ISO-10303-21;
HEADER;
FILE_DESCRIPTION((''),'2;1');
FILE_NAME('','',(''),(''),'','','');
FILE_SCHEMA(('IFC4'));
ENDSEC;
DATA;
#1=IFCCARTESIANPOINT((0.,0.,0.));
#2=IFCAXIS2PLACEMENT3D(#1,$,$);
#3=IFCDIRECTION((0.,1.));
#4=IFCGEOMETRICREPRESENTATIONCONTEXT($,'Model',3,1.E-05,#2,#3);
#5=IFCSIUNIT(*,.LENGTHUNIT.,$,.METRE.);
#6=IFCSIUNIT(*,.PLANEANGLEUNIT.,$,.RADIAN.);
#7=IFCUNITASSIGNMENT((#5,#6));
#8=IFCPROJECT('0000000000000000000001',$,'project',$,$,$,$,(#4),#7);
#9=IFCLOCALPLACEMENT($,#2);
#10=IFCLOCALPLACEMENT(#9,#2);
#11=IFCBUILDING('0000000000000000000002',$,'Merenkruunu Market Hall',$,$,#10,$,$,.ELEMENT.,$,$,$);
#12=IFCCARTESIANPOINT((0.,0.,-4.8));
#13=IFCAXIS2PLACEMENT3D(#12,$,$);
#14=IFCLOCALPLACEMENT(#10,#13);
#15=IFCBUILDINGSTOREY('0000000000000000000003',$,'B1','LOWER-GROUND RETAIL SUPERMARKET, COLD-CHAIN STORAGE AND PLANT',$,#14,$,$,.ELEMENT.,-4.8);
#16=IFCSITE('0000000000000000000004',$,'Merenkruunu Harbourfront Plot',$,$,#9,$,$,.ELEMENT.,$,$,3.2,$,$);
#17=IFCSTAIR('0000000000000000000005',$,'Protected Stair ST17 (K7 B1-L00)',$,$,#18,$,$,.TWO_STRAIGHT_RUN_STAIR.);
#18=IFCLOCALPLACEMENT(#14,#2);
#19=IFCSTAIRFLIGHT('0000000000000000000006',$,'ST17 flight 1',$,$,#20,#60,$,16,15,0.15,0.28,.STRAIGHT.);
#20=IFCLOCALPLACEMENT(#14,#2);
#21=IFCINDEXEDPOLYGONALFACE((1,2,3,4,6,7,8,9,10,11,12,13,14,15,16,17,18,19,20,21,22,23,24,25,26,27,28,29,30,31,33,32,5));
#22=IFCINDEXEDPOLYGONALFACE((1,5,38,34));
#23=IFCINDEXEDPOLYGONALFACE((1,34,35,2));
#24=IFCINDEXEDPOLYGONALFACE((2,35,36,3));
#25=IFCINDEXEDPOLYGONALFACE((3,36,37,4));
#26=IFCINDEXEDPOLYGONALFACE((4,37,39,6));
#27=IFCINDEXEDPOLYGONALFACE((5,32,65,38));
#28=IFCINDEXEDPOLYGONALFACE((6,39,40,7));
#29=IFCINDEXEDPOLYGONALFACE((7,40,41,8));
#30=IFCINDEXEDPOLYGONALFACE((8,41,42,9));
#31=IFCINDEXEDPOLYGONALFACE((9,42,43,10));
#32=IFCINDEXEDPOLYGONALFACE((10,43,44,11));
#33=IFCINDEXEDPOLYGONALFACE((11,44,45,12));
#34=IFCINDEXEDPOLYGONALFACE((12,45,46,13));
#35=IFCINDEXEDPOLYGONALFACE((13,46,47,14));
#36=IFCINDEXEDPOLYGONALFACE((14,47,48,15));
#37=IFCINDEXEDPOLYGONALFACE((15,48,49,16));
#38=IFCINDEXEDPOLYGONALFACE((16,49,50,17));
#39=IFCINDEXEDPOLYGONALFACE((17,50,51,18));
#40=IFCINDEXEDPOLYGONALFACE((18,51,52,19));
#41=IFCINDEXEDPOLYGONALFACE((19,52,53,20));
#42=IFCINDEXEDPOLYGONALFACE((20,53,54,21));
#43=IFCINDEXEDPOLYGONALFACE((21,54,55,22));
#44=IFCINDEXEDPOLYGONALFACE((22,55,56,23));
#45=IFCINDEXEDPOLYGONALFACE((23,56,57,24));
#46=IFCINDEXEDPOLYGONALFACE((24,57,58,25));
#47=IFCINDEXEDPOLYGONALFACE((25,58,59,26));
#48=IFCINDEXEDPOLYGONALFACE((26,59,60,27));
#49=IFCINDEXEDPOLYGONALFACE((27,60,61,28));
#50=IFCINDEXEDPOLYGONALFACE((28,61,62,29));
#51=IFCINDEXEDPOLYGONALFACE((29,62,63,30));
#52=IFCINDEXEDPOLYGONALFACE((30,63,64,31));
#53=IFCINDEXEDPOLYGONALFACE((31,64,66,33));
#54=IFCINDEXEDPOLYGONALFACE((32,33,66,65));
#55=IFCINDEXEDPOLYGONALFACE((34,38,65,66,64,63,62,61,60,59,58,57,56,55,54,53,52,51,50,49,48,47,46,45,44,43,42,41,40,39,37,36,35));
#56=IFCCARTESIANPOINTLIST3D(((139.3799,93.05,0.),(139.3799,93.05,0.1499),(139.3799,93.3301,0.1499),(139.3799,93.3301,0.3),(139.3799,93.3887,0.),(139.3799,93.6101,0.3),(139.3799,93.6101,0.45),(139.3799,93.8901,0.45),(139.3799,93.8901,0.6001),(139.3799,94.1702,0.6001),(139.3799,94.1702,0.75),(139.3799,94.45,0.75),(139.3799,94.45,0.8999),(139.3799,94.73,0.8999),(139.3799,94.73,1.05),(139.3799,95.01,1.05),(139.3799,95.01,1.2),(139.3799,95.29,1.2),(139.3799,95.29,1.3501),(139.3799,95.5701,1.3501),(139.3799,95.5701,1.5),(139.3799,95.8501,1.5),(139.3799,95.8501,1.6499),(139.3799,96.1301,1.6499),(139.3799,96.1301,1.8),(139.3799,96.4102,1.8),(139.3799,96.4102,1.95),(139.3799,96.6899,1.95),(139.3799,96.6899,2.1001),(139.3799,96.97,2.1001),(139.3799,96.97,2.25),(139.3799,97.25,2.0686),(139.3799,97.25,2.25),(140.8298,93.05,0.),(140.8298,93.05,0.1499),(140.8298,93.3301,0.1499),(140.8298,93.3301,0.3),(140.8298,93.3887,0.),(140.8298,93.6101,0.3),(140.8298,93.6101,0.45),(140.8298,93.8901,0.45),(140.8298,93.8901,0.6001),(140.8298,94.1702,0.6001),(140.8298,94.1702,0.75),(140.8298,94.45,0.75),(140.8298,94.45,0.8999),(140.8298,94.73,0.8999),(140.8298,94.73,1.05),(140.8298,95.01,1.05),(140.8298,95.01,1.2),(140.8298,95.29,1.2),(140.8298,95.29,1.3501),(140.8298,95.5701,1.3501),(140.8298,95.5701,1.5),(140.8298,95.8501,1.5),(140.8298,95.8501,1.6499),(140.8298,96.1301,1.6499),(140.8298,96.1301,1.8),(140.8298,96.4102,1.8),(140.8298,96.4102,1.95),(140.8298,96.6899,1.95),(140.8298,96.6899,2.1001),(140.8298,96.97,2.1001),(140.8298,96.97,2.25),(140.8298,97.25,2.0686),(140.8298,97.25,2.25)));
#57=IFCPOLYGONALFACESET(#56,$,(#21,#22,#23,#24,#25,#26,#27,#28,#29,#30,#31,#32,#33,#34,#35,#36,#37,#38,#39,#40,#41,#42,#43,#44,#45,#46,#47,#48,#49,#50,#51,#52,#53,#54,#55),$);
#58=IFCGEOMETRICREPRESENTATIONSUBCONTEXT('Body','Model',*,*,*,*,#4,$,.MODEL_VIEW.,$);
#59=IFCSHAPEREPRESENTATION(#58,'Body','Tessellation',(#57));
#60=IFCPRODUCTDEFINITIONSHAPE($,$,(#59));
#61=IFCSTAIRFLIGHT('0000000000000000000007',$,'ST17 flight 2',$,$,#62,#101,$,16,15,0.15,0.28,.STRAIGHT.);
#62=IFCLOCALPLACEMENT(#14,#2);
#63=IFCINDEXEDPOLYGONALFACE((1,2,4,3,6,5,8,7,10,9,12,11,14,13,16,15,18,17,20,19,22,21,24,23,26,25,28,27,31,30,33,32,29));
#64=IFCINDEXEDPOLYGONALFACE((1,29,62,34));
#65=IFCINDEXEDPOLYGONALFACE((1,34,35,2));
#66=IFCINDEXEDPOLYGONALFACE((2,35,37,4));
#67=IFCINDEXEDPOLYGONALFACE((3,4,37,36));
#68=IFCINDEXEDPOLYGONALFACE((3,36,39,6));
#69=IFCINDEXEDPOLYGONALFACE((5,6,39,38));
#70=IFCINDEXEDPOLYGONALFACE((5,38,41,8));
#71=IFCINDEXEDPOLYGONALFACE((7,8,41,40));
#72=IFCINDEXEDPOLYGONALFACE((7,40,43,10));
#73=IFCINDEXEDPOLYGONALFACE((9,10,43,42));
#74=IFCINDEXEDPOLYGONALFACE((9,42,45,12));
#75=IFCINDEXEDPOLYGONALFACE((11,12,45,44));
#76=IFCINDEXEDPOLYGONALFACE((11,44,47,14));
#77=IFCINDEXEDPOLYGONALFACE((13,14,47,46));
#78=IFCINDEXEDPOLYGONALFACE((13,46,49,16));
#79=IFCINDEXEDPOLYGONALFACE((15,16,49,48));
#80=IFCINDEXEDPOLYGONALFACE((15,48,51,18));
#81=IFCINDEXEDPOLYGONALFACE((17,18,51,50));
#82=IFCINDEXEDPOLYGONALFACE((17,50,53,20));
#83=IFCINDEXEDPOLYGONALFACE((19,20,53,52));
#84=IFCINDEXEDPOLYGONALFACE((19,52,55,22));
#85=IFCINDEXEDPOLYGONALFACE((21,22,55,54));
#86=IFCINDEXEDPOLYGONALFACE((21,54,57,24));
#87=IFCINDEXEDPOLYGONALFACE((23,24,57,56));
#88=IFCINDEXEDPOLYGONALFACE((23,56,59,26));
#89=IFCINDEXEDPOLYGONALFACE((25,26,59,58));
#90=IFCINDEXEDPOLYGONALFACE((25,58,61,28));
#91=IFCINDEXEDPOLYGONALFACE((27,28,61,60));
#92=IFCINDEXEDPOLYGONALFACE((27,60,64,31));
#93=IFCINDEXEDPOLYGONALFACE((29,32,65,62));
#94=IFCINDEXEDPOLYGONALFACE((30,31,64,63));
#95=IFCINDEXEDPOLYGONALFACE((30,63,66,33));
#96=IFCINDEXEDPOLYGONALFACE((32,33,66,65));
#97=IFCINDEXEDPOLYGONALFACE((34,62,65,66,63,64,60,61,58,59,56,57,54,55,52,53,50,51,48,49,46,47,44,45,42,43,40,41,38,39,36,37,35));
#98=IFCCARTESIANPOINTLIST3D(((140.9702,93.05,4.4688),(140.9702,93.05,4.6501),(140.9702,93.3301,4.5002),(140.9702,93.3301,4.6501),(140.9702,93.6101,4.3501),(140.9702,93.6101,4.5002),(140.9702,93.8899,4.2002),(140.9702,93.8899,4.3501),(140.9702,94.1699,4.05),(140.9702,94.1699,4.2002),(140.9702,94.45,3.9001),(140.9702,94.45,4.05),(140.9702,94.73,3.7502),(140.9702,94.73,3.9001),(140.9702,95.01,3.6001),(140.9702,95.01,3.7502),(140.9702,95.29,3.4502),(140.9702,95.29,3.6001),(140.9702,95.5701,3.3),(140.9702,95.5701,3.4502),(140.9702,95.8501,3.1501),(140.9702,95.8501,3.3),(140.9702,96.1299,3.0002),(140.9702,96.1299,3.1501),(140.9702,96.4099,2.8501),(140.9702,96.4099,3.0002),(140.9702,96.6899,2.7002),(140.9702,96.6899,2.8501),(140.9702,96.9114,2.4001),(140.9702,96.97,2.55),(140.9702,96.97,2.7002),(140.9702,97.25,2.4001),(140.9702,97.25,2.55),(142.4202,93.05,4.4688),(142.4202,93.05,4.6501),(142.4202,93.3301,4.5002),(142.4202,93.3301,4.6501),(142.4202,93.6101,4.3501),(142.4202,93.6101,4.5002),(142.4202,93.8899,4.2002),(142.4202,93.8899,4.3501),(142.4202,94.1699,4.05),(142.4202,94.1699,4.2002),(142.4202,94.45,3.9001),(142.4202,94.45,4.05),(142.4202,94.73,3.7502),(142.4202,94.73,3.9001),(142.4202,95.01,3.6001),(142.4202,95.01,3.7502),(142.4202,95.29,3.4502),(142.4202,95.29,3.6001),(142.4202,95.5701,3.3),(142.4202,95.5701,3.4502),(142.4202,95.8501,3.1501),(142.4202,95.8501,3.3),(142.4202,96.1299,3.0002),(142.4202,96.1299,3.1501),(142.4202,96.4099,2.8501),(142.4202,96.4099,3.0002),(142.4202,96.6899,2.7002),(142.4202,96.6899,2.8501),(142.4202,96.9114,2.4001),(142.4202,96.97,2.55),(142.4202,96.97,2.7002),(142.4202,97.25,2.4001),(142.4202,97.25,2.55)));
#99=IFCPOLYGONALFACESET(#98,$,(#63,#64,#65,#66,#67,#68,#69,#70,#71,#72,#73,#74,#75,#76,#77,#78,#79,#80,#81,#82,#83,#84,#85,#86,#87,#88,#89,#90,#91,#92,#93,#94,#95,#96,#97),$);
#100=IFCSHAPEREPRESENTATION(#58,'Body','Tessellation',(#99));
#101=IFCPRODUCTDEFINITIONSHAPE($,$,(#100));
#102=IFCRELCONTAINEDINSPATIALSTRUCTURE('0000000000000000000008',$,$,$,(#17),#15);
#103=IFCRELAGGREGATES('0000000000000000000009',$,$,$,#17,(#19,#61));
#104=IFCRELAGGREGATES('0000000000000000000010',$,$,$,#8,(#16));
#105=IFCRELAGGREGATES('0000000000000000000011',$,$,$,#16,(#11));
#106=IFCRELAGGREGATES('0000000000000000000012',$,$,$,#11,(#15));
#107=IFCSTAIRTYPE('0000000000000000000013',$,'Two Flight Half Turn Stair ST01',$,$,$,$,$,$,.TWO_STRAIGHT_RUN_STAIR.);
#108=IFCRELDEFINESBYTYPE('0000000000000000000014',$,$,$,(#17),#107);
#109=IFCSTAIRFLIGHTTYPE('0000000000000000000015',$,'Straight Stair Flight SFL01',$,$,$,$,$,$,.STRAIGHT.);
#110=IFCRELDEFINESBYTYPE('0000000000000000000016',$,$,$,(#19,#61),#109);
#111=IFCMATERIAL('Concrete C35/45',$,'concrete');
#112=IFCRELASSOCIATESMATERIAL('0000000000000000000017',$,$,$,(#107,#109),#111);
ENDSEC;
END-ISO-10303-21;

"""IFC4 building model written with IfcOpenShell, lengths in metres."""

from ifc_helpers import new_model, si_unit, direction, frame, origin, place, context, subcontext, project, spatial, polyline, outline, extrude, material, type_object, element, aggregate, save


model = new_model("IFC4")

# Units and contexts
model_context = context("Model", 3, precision=1e-05, world=origin(), true_north=direction((0.0, 1.0)))
body_context = subcontext(model_context, "Body", "Model", "MODEL_VIEW")
ifc_project = project(units=[si_unit("LENGTHUNIT", "METRE"), si_unit("PLANEANGLEUNIT", "RADIAN")], contexts=[model_context])

# Site, building, storey
site_placement = place(None, origin())
site = spatial("IfcSite", under=ifc_project, at=site_placement, Name="Merenkruunu Harbourfront Plot", CompositionType="ELEMENT", RefElevation=3.2)
building_placement = place(site_placement, origin())
building = spatial("IfcBuilding", under=site, at=building_placement, Name="Merenkruunu Market Hall", CompositionType="ELEMENT")
storey_placement = place(building_placement, frame((0.0, 0.0, -4.8)))
storey = spatial("IfcBuildingStorey", under=building, at=storey_placement, Name="B1", Description="LOWER-GROUND RETAIL SUPERMARKET, COLD-CHAIN STORAGE AND PLANT", CompositionType="ELEMENT", Elevation=-4.8)

# Shared definitions
ifc_material_1 = material(Name="Concrete C35/45", Category="concrete")

# Stair, stair flights
stair_type = type_object("IfcStairType", Name="Two Flight Half Turn Stair ST01", PredefinedType="TWO_STRAIGHT_RUN_STAIR", material=ifc_material_1)
stair_placement = place(storey_placement, origin())
stair = element("IfcStair", 1, at=stair_placement, inside=storey, type_object=stair_type, Name="Protected Stair ST17 (K7 B1-L00)", PredefinedType="TWO_STRAIGHT_RUN_STAIR")
stair_flight_type = type_object("IfcStairFlightType", Name="Straight Stair Flight SFL01", PredefinedType="STRAIGHT", material=ifc_material_1)
stair_flight_1_placement = place(storey_placement, frame((140.105, 93.05, 0.0), z_axis=(0.0, 0.0, 1.0), x_axis=(0.0, 1.0, 0.0)))
stair_flight_1 = element("IfcStairFlight", 2, at=stair_flight_1_placement, type_object=stair_flight_type, Name="ST17 flight 1", NumberOfRisers=16, NumberOfTreads=15, PredefinedType="STRAIGHT", RiserHeight=0.15, TreadLength=0.28, context=body_context, shape_type="SweptSolid", body=[
    extrude(outline(polyline([(0.0, 0.0), (0.0, 0.1499), (0.28, 0.1499), (0.28, 0.3), (0.5601, 0.3), (0.5601, 0.45), (0.8401, 0.45), (0.8401, 0.6001), (1.1201, 0.6001), (1.1201, 0.75), (1.3999, 0.75), (1.3999, 0.8999), (1.6799, 0.8999), (1.6799, 1.05), (1.96, 1.05), (1.96, 1.2), (2.24, 1.2), (2.24, 1.3501), (2.52, 1.3501), (2.52, 1.5), (2.8, 1.5), (2.8, 1.6499), (3.0801, 1.6499), (3.0801, 1.8), (3.3601, 1.8), (3.3601, 1.95), (3.6399, 1.95), (3.6399, 2.1001), (3.9199, 2.1001), (3.9199, 2.25), (4.2, 2.25), (4.2, 2.3999), (4.2, 2.0686), (0.3386, 0.0), (0.0, 0.0)])), frame((0.0, 0.7251, 0.0), z_axis=(0.0, -1.0, 0.0), x_axis=(1.0, 0.0, 0.0)), (0.0, 0.0, 1.0), 1.45),
])
stair_flight_2_placement = place(storey_placement, frame((141.6951, 97.25, 2.4001), z_axis=(0.0, 0.0, 1.0), x_axis=(0.0, -1.0, 0.0)))
stair_flight_2 = element("IfcStairFlight", 3, at=stair_flight_2_placement, type_object=stair_flight_type, Name="ST17 flight 2", NumberOfRisers=16, NumberOfTreads=15, PredefinedType="STRAIGHT", RiserHeight=0.15, TreadLength=0.28, context=body_context, shape_type="SweptSolid", body=[
    extrude(outline(polyline([(0.0, 0.0), (0.0, 0.1499), (0.28, 0.1499), (0.28, 0.3), (0.5601, 0.3), (0.5601, 0.45), (0.8401, 0.45), (0.8401, 0.6001), (1.1201, 0.6001), (1.1201, 0.75), (1.3999, 0.75), (1.3999, 0.8999), (1.6799, 0.8999), (1.6799, 1.05), (1.96, 1.05), (1.96, 1.2), (2.24, 1.2), (2.24, 1.3501), (2.52, 1.3501), (2.52, 1.5), (2.8, 1.5), (2.8, 1.6499), (3.0801, 1.6499), (3.0801, 1.8), (3.3601, 1.8), (3.3601, 1.95), (3.6399, 1.95), (3.6399, 2.1001), (3.9199, 2.1001), (3.9199, 2.25), (4.2, 2.25), (4.2, 2.3999), (4.2, 2.0686), (0.3386, 0.0), (0.0, 0.0)])), frame((0.0, 0.7251, 0.0), z_axis=(0.0, -1.0, 0.0), x_axis=(1.0, 0.0, 0.0)), (0.0, 0.0, 1.0), 1.45),
])
aggregate(stair, [stair_flight_1, stair_flight_2])

save(model, "model.ifc")
